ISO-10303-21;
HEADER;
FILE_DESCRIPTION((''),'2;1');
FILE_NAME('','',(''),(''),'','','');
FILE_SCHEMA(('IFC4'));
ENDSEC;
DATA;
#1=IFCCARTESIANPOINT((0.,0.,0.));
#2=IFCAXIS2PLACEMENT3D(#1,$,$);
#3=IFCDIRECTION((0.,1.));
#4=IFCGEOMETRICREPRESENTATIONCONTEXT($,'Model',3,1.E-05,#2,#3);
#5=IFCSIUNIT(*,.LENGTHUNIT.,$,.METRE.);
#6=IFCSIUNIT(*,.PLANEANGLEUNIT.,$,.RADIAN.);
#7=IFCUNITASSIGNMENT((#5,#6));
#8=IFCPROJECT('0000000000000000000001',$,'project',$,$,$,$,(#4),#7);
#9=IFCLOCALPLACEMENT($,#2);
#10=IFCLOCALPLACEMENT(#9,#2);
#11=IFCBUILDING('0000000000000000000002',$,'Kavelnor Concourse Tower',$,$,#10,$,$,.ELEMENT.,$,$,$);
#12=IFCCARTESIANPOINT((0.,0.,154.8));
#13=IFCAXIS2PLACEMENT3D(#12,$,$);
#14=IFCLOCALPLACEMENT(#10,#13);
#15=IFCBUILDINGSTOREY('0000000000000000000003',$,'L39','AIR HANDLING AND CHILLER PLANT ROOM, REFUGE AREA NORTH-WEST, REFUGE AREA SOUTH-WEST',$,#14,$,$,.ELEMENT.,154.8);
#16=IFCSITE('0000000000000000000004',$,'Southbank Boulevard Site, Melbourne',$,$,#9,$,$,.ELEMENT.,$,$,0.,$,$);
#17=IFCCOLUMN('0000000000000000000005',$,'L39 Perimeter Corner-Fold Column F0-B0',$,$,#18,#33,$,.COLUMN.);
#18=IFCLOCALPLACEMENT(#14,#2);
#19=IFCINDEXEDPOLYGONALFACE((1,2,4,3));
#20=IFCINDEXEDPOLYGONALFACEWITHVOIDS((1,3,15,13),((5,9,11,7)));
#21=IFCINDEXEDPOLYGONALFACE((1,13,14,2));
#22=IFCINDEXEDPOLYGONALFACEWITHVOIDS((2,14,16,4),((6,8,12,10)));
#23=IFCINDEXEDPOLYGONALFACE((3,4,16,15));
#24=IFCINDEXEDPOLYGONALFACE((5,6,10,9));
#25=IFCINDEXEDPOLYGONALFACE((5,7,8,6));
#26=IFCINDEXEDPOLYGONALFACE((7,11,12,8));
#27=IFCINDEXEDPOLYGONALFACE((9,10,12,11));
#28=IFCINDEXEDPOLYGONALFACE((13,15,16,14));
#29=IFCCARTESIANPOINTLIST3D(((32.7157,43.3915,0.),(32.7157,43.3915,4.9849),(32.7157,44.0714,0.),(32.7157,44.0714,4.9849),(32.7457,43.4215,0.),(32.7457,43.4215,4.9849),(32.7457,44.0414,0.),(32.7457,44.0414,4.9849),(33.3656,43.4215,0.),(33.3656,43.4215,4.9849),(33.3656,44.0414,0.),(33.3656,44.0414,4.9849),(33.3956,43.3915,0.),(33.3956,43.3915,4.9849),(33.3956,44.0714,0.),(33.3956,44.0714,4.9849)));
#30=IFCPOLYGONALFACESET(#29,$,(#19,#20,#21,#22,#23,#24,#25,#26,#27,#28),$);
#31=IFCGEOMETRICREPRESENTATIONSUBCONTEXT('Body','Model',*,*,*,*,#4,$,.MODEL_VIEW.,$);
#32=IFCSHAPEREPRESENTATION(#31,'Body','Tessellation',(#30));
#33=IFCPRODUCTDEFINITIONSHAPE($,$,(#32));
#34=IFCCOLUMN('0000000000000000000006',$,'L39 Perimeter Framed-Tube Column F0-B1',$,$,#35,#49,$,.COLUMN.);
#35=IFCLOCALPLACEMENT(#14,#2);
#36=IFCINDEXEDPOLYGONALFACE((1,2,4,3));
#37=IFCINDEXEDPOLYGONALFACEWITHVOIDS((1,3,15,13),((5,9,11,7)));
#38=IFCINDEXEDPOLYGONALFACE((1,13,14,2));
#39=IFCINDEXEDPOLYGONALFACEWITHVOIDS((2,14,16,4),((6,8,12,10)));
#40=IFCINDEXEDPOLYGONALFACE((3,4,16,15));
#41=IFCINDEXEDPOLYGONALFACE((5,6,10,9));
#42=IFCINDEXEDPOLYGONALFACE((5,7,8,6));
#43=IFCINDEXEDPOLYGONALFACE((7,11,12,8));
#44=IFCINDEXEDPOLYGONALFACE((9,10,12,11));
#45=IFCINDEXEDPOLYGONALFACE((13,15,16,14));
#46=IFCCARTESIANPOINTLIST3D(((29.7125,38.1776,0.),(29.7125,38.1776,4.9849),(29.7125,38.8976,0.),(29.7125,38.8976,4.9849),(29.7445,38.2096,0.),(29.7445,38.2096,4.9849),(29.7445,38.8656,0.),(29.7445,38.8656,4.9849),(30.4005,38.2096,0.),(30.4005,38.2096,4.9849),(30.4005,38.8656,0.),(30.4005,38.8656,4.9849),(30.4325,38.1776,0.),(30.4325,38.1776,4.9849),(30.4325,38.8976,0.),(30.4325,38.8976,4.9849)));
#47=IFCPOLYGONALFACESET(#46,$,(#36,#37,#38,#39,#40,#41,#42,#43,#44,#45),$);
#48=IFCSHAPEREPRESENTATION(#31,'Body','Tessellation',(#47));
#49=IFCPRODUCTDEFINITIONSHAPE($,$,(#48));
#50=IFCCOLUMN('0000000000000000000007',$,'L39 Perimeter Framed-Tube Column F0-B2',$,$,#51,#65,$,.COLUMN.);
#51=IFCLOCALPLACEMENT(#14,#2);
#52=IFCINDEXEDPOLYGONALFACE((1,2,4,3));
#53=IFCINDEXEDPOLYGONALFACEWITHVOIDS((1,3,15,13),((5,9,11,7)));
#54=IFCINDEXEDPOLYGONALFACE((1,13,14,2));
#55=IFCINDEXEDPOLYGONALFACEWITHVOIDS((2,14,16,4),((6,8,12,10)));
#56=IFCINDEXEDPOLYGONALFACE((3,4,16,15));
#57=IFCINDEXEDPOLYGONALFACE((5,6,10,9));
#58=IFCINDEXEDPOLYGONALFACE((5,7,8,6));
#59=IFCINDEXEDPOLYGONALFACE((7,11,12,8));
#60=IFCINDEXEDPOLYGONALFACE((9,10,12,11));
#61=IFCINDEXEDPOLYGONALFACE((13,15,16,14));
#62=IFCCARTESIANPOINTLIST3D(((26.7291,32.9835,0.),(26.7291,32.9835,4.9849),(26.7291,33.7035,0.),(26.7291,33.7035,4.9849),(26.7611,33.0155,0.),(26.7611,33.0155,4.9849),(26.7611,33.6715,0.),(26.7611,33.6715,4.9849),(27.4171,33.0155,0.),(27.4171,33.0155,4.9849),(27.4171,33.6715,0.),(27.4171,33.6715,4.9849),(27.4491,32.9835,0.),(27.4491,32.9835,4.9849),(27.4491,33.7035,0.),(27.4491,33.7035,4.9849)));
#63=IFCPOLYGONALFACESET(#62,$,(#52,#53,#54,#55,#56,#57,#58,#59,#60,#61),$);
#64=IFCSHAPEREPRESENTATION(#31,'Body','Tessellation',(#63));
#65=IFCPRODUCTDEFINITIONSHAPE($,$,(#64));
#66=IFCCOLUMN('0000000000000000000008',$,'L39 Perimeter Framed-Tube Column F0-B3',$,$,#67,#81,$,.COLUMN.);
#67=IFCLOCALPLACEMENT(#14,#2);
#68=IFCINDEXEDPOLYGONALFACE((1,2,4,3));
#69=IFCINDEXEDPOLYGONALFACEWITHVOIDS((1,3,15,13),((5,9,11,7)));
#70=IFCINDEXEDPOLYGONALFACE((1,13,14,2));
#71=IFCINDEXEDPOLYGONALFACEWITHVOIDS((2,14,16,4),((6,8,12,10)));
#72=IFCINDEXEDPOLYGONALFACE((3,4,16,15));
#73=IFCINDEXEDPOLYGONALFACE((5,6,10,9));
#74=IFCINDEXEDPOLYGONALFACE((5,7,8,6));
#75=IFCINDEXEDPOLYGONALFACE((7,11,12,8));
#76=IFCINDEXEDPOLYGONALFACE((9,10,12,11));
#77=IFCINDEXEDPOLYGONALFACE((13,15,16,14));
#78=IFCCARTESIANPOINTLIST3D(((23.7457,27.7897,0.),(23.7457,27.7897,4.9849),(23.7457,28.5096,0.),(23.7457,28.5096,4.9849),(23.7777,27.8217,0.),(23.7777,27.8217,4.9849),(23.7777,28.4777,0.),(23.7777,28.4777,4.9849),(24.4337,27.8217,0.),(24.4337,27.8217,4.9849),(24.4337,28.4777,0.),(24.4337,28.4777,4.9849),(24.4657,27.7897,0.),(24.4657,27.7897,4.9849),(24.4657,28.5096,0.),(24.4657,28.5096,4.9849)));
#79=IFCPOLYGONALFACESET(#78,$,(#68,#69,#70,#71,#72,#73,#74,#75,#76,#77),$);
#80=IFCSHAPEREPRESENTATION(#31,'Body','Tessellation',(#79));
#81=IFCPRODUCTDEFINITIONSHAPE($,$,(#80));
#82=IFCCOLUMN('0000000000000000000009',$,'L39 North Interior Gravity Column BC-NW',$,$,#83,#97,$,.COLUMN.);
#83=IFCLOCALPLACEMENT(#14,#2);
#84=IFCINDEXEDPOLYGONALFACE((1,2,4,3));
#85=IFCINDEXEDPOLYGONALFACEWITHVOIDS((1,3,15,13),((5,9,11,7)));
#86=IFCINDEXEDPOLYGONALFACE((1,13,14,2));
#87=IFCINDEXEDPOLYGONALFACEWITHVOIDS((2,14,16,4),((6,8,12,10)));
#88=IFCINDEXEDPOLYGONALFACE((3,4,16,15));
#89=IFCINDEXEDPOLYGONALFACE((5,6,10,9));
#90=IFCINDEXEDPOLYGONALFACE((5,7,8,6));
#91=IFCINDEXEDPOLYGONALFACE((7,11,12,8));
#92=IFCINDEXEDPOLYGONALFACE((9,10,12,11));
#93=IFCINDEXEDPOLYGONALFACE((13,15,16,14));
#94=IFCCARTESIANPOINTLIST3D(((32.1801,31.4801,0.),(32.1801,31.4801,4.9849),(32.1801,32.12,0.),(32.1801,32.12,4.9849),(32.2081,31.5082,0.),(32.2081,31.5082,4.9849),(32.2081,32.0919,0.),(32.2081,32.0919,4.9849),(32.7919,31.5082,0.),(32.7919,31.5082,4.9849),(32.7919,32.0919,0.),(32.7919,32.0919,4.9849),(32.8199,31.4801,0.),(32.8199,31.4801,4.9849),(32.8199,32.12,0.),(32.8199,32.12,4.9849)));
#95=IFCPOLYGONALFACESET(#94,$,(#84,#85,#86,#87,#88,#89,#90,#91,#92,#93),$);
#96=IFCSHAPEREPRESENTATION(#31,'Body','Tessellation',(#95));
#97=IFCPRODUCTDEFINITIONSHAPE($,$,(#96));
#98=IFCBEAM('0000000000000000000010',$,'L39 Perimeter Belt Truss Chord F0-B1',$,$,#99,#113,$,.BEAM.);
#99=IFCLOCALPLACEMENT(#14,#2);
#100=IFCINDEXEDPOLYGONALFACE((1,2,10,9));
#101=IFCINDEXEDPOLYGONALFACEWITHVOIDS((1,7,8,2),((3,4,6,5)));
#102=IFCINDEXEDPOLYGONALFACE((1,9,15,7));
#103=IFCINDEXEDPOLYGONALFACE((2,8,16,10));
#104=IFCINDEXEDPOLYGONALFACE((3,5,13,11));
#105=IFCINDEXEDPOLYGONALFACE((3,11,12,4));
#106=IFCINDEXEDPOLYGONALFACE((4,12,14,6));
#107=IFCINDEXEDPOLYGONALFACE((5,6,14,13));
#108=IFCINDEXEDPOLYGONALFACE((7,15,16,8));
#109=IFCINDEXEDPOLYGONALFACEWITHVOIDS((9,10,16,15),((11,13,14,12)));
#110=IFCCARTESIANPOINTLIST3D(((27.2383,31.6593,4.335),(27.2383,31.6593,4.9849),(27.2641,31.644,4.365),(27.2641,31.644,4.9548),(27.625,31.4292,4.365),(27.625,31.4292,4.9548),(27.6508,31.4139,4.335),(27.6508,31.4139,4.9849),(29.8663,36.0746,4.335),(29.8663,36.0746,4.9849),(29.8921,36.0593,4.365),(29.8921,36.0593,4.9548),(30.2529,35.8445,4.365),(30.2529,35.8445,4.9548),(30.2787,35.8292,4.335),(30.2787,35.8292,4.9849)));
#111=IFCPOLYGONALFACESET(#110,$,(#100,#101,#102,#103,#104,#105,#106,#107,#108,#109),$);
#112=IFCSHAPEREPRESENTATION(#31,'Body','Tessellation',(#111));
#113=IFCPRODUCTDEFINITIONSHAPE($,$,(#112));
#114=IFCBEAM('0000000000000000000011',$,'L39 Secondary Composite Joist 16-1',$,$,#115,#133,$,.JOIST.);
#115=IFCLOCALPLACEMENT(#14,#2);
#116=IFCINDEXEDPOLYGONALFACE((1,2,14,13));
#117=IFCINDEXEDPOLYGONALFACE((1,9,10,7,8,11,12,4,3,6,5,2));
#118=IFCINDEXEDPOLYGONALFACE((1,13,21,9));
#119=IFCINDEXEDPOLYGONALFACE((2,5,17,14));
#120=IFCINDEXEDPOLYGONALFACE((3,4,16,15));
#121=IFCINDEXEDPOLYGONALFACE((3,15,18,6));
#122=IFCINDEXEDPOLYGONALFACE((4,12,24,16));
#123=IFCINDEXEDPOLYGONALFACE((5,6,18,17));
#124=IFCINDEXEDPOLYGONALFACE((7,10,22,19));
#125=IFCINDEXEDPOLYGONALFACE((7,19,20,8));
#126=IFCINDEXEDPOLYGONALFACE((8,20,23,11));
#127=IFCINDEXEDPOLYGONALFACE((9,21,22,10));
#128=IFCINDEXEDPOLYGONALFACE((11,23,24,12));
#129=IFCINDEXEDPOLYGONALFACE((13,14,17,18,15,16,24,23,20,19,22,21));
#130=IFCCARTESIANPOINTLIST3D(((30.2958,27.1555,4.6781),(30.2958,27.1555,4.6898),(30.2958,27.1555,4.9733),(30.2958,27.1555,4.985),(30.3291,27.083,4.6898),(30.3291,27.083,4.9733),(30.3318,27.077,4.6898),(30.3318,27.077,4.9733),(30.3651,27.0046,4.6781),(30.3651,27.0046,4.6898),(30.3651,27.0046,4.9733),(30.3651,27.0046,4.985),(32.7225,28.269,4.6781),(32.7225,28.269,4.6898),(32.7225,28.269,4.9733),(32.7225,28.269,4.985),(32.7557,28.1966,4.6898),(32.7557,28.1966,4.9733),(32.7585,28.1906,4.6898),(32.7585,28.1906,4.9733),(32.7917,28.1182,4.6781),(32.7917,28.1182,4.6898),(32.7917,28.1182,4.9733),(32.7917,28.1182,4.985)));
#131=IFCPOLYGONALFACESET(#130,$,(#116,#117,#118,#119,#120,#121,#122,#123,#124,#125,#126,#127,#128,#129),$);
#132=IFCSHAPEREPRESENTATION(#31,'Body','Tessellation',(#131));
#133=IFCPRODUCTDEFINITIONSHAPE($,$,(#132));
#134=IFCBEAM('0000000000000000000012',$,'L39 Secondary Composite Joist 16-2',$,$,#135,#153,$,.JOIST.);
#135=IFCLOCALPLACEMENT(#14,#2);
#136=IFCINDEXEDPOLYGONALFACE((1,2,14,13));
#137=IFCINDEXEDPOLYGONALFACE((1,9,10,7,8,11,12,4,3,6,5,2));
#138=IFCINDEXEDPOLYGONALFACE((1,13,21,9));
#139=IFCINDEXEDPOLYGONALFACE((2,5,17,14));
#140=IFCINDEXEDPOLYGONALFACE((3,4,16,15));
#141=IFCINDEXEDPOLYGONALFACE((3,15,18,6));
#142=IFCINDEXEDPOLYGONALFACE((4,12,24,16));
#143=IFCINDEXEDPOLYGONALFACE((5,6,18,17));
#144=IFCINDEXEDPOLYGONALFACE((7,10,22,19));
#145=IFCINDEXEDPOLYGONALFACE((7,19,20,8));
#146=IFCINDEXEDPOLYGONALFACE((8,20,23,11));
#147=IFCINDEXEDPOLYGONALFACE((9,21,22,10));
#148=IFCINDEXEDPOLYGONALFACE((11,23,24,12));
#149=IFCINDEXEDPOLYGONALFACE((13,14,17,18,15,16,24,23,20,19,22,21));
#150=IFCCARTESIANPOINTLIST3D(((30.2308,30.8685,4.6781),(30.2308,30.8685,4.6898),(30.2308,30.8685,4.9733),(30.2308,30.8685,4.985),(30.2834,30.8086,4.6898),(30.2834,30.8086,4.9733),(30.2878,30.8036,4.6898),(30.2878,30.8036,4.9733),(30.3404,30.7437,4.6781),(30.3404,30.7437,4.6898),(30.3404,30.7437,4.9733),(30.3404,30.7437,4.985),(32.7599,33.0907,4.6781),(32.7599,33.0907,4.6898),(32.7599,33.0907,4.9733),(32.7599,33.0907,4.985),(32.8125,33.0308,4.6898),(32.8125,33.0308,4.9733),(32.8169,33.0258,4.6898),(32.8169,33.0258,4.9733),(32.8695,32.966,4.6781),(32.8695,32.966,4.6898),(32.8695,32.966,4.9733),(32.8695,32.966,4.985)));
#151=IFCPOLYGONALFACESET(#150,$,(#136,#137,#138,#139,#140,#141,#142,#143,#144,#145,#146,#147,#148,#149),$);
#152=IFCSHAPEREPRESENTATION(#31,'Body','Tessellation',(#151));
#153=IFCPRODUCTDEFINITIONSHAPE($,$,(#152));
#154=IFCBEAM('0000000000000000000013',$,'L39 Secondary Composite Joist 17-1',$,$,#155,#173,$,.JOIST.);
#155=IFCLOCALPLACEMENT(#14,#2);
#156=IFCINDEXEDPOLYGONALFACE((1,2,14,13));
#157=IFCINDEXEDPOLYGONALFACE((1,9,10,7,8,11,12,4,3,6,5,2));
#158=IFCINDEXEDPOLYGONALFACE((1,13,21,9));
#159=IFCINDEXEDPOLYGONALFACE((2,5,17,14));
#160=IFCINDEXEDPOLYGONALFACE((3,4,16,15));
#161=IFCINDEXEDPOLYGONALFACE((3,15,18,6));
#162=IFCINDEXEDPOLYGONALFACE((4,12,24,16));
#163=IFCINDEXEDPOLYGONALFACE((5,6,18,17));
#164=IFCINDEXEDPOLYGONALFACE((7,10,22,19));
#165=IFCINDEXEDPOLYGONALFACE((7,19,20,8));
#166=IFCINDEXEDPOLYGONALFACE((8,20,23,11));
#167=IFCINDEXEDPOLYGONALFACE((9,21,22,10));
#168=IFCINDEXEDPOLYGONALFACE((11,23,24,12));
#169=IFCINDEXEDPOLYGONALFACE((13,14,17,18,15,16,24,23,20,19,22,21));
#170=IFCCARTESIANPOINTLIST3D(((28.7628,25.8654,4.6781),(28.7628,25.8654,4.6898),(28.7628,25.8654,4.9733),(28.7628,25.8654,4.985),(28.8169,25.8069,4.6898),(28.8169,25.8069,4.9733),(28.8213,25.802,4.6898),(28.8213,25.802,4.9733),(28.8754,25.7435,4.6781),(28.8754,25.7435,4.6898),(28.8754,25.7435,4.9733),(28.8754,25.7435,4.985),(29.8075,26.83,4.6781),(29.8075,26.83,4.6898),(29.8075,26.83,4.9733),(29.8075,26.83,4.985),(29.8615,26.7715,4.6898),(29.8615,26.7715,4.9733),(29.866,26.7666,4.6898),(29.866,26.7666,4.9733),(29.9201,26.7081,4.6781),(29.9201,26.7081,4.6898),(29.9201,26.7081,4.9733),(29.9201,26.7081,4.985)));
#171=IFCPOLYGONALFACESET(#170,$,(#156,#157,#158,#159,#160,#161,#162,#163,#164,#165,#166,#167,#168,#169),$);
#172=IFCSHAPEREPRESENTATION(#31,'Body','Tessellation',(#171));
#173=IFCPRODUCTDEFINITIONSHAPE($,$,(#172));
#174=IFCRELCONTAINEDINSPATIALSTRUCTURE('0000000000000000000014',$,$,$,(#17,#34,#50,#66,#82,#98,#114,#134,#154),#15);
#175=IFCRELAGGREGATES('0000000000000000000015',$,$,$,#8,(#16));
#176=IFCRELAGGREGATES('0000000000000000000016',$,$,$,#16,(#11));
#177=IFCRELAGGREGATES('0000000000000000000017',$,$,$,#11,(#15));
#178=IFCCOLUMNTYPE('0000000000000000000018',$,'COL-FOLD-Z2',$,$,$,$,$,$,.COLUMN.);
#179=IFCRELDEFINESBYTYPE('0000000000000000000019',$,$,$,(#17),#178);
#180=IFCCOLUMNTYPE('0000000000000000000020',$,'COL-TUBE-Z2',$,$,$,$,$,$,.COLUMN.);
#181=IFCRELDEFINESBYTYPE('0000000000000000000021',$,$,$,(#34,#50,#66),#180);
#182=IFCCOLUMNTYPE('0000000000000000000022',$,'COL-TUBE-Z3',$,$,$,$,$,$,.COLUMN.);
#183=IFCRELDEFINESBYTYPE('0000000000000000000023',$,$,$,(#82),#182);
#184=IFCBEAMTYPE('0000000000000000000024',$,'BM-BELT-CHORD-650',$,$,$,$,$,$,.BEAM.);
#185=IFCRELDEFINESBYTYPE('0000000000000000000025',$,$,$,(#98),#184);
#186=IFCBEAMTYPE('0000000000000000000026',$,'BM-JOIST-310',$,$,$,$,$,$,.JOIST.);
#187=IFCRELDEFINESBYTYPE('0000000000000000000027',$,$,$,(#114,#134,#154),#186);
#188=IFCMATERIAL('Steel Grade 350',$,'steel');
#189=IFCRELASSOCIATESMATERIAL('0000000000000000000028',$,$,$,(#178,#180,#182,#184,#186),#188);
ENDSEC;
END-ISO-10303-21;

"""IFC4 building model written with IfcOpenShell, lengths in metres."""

from ifc_helpers import new_model, si_unit, direction, frame, origin, origin_2d, place, context, subcontext, project, spatial, hollow_rectangle, i_section, extrude, material, material_profile, profile_set, type_object, element, save


model = new_model("IFC4")

# Units and contexts
model_context = context("Model", 3, precision=1e-05, world=origin(), true_north=direction((0.0, 1.0)))
body_context = subcontext(model_context, "Body", "Model", "MODEL_VIEW")
ifc_project = project(units=[si_unit("LENGTHUNIT", "METRE"), si_unit("PLANEANGLEUNIT", "RADIAN")], contexts=[model_context])

# Site, building, storey
site_placement = place(None, origin())
site = spatial("IfcSite", under=ifc_project, at=site_placement, Name="Southbank Boulevard Site, Melbourne", CompositionType="ELEMENT", RefElevation=0.0)
building_placement = place(site_placement, origin())
building = spatial("IfcBuilding", under=site, at=building_placement, Name="Kavelnor Concourse Tower", CompositionType="ELEMENT")
storey_placement = place(building_placement, frame((0.0, 0.0, 154.8)))
storey = spatial("IfcBuildingStorey", under=building, at=storey_placement, Name="L39", Description="AIR HANDLING AND CHILLER PLANT ROOM, REFUGE AREA NORTH-WEST, REFUGE AREA SOUTH-WEST", CompositionType="ELEMENT", Elevation=154.8)

# Columns
ifc_material_1 = material(Name="Steel Grade 350", Category="steel")
ifc_material_profile_1 = material_profile(ifc_material_1, hollow_rectangle(XDim=0.6799, YDim=0.6799, WallThickness=0.03, at=origin_2d()), Name="SHS 680x680x30")
ifc_profile_set_1 = profile_set([ifc_material_profile_1], Name="Steel Grade 350")
column_type_1 = type_object("IfcColumnType", Name="COL-FOLD-Z2", PredefinedType="COLUMN", material=ifc_profile_set_1)
column_1_placement = place(storey_placement, frame((33.0557, 43.7314, 0.0), z_axis=(0.0, 0.0, 1.0), x_axis=(1.0, 0.0, 0.0)))
element("IfcColumn", 1, at=column_1_placement, inside=storey, type_object=column_type_1, Name="L39 Perimeter Corner-Fold Column F0-B0", PredefinedType="COLUMN", context=body_context, shape_type="SweptSolid", body=[
    extrude(hollow_rectangle(XDim=0.6799, YDim=0.6799, WallThickness=0.03, at=origin_2d()), origin(), (0.0, 0.0, 1.0), 4.9849),
])
ifc_material_profile_2 = material_profile(ifc_material_1, hollow_rectangle(XDim=0.72, YDim=0.72, WallThickness=0.032, at=origin_2d()), Name="SHS 720x720x32")
ifc_profile_set_2 = profile_set([ifc_material_profile_2], Name="Steel Grade 350")
column_type_2 = type_object("IfcColumnType", Name="COL-TUBE-Z2", PredefinedType="COLUMN", material=ifc_profile_set_2)
for number, where, z_axis, x_axis, name in (
    (2, (30.0725, 38.5376, 0.0), (0.0, 0.0, 1.0), (1.0, 0.0, 0.0), "L39 Perimeter Framed-Tube Column F0-B1"),
    (3, (27.0891, 33.3435, 0.0), (0.0, 0.0, 1.0), (1.0, 0.0, 0.0), "L39 Perimeter Framed-Tube Column F0-B2"),
    (4, (24.1057, 28.1497, 0.0), (0.0, 0.0, 1.0), (1.0, 0.0, 0.0), "L39 Perimeter Framed-Tube Column F0-B3"),
):
    element("IfcColumn", number, at=place(storey_placement, frame(where, z_axis=z_axis, x_axis=x_axis)), inside=storey, type_object=column_type_2, Name=name, PredefinedType="COLUMN", context=body_context, shape_type="SweptSolid", body=[
        extrude(hollow_rectangle(XDim=0.72, YDim=0.72, WallThickness=0.032, at=origin_2d()), origin(), (0.0, 0.0, 1.0), 4.9849),
    ])
ifc_material_profile_3 = material_profile(ifc_material_1, hollow_rectangle(XDim=0.6399, YDim=0.6399, WallThickness=0.0281, at=origin_2d()), Name="SHS 640x640x28")
ifc_profile_set_3 = profile_set([ifc_material_profile_3], Name="Steel Grade 350")
column_type_3 = type_object("IfcColumnType", Name="COL-TUBE-Z3", PredefinedType="COLUMN", material=ifc_profile_set_3)
column_2_placement = place(storey_placement, frame((32.5, 31.8, 0.0), z_axis=(0.0, 0.0, 1.0), x_axis=(1.0, 0.0, 0.0)))
element("IfcColumn", 5, at=column_2_placement, inside=storey, type_object=column_type_3, Name="L39 North Interior Gravity Column BC-NW", PredefinedType="COLUMN", context=body_context, shape_type="SweptSolid", body=[
    extrude(hollow_rectangle(XDim=0.6399, YDim=0.6399, WallThickness=0.0281, at=origin_2d()), origin(), (0.0, 0.0, 1.0), 4.9849),
])

# Beams
ifc_material_profile_4 = material_profile(ifc_material_1, hollow_rectangle(XDim=0.48, YDim=0.6499, WallThickness=0.03, at=origin_2d()), Name="RHS 650x480x30")
ifc_profile_set_4 = profile_set([ifc_material_profile_4], Name="Steel Grade 350")
beam_type_1 = type_object("IfcBeamType", Name="BM-BELT-CHORD-650", PredefinedType="BEAM", material=ifc_profile_set_4)
beam_1_placement = place(storey_placement, frame((30.0725, 35.9519, 4.6599), z_axis=(-0.511453, -0.859311, 0.0), x_axis=(0.859311, -0.511453, 0.0)))
element("IfcBeam", 6, at=beam_1_placement, inside=storey, type_object=beam_type_1, Name="L39 Perimeter Belt Truss Chord F0-B1", PredefinedType="BEAM", context=body_context, shape_type="SweptSolid", body=[
    extrude(hollow_rectangle(XDim=0.48, YDim=0.6499, WallThickness=0.03, at=origin_2d()), origin(), (0.0, 0.0, 1.0), 5.1382),
])
ifc_material_profile_5 = material_profile(ifc_material_1, i_section(OverallWidth=0.166, OverallDepth=0.3069, WebThickness=0.0066, FlangeThickness=0.0117, at=origin_2d()), Name="310UB46")
ifc_profile_set_5 = profile_set([ifc_material_profile_5], Name="Steel Grade 350")
beam_type_2 = type_object("IfcBeamType", Name="BM-JOIST-310", PredefinedType="JOIST", material=ifc_profile_set_5)
beam_2_placement = place(storey_placement, frame((32.7571, 28.1936, 4.8315), z_axis=(-0.90887, -0.41708, 0.0), x_axis=(0.41708, -0.90887, 0.0)))
element("IfcBeam", 7, at=beam_2_placement, inside=storey, type_object=beam_type_2, Name="L39 Secondary Composite Joist 16-1", PredefinedType="JOIST", context=body_context, shape_type="SweptSolid", body=[
    extrude(i_section(OverallWidth=0.166, OverallDepth=0.3069, WebThickness=0.0066, FlangeThickness=0.0117, at=origin_2d()), origin(), (0.0, 0.0, 1.0), 2.6699),
])
beam_3_placement = place(storey_placement, frame((32.8147, 33.0283, 4.8315), z_axis=(-0.751214, -0.660059, 0.0), x_axis=(0.660059, -0.751214, 0.0)))
element("IfcBeam", 8, at=beam_3_placement, inside=storey, type_object=beam_type_2, Name="L39 Secondary Composite Joist 16-2", PredefinedType="JOIST", context=body_context, shape_type="SweptSolid", body=[
    extrude(i_section(OverallWidth=0.166, OverallDepth=0.3069, WebThickness=0.0066, FlangeThickness=0.0117, at=origin_2d()), origin(), (0.0, 0.0, 1.0), 3.3667),
])
beam_4_placement = place(storey_placement, frame((29.8638, 26.769, 4.8315), z_axis=(-0.734705, -0.678387, 0.0), x_axis=(0.678387, -0.734705, 0.0)))
element("IfcBeam", 9, at=beam_4_placement, inside=storey, type_object=beam_type_2, Name="L39 Secondary Composite Joist 17-1", PredefinedType="JOIST", context=body_context, shape_type="SweptSolid", body=[
    extrude(i_section(OverallWidth=0.166, OverallDepth=0.3069, WebThickness=0.0066, FlangeThickness=0.0117, at=origin_2d()), origin(), (0.0, 0.0, 1.0), 1.4219),
])

save(model, "model.ifc")
